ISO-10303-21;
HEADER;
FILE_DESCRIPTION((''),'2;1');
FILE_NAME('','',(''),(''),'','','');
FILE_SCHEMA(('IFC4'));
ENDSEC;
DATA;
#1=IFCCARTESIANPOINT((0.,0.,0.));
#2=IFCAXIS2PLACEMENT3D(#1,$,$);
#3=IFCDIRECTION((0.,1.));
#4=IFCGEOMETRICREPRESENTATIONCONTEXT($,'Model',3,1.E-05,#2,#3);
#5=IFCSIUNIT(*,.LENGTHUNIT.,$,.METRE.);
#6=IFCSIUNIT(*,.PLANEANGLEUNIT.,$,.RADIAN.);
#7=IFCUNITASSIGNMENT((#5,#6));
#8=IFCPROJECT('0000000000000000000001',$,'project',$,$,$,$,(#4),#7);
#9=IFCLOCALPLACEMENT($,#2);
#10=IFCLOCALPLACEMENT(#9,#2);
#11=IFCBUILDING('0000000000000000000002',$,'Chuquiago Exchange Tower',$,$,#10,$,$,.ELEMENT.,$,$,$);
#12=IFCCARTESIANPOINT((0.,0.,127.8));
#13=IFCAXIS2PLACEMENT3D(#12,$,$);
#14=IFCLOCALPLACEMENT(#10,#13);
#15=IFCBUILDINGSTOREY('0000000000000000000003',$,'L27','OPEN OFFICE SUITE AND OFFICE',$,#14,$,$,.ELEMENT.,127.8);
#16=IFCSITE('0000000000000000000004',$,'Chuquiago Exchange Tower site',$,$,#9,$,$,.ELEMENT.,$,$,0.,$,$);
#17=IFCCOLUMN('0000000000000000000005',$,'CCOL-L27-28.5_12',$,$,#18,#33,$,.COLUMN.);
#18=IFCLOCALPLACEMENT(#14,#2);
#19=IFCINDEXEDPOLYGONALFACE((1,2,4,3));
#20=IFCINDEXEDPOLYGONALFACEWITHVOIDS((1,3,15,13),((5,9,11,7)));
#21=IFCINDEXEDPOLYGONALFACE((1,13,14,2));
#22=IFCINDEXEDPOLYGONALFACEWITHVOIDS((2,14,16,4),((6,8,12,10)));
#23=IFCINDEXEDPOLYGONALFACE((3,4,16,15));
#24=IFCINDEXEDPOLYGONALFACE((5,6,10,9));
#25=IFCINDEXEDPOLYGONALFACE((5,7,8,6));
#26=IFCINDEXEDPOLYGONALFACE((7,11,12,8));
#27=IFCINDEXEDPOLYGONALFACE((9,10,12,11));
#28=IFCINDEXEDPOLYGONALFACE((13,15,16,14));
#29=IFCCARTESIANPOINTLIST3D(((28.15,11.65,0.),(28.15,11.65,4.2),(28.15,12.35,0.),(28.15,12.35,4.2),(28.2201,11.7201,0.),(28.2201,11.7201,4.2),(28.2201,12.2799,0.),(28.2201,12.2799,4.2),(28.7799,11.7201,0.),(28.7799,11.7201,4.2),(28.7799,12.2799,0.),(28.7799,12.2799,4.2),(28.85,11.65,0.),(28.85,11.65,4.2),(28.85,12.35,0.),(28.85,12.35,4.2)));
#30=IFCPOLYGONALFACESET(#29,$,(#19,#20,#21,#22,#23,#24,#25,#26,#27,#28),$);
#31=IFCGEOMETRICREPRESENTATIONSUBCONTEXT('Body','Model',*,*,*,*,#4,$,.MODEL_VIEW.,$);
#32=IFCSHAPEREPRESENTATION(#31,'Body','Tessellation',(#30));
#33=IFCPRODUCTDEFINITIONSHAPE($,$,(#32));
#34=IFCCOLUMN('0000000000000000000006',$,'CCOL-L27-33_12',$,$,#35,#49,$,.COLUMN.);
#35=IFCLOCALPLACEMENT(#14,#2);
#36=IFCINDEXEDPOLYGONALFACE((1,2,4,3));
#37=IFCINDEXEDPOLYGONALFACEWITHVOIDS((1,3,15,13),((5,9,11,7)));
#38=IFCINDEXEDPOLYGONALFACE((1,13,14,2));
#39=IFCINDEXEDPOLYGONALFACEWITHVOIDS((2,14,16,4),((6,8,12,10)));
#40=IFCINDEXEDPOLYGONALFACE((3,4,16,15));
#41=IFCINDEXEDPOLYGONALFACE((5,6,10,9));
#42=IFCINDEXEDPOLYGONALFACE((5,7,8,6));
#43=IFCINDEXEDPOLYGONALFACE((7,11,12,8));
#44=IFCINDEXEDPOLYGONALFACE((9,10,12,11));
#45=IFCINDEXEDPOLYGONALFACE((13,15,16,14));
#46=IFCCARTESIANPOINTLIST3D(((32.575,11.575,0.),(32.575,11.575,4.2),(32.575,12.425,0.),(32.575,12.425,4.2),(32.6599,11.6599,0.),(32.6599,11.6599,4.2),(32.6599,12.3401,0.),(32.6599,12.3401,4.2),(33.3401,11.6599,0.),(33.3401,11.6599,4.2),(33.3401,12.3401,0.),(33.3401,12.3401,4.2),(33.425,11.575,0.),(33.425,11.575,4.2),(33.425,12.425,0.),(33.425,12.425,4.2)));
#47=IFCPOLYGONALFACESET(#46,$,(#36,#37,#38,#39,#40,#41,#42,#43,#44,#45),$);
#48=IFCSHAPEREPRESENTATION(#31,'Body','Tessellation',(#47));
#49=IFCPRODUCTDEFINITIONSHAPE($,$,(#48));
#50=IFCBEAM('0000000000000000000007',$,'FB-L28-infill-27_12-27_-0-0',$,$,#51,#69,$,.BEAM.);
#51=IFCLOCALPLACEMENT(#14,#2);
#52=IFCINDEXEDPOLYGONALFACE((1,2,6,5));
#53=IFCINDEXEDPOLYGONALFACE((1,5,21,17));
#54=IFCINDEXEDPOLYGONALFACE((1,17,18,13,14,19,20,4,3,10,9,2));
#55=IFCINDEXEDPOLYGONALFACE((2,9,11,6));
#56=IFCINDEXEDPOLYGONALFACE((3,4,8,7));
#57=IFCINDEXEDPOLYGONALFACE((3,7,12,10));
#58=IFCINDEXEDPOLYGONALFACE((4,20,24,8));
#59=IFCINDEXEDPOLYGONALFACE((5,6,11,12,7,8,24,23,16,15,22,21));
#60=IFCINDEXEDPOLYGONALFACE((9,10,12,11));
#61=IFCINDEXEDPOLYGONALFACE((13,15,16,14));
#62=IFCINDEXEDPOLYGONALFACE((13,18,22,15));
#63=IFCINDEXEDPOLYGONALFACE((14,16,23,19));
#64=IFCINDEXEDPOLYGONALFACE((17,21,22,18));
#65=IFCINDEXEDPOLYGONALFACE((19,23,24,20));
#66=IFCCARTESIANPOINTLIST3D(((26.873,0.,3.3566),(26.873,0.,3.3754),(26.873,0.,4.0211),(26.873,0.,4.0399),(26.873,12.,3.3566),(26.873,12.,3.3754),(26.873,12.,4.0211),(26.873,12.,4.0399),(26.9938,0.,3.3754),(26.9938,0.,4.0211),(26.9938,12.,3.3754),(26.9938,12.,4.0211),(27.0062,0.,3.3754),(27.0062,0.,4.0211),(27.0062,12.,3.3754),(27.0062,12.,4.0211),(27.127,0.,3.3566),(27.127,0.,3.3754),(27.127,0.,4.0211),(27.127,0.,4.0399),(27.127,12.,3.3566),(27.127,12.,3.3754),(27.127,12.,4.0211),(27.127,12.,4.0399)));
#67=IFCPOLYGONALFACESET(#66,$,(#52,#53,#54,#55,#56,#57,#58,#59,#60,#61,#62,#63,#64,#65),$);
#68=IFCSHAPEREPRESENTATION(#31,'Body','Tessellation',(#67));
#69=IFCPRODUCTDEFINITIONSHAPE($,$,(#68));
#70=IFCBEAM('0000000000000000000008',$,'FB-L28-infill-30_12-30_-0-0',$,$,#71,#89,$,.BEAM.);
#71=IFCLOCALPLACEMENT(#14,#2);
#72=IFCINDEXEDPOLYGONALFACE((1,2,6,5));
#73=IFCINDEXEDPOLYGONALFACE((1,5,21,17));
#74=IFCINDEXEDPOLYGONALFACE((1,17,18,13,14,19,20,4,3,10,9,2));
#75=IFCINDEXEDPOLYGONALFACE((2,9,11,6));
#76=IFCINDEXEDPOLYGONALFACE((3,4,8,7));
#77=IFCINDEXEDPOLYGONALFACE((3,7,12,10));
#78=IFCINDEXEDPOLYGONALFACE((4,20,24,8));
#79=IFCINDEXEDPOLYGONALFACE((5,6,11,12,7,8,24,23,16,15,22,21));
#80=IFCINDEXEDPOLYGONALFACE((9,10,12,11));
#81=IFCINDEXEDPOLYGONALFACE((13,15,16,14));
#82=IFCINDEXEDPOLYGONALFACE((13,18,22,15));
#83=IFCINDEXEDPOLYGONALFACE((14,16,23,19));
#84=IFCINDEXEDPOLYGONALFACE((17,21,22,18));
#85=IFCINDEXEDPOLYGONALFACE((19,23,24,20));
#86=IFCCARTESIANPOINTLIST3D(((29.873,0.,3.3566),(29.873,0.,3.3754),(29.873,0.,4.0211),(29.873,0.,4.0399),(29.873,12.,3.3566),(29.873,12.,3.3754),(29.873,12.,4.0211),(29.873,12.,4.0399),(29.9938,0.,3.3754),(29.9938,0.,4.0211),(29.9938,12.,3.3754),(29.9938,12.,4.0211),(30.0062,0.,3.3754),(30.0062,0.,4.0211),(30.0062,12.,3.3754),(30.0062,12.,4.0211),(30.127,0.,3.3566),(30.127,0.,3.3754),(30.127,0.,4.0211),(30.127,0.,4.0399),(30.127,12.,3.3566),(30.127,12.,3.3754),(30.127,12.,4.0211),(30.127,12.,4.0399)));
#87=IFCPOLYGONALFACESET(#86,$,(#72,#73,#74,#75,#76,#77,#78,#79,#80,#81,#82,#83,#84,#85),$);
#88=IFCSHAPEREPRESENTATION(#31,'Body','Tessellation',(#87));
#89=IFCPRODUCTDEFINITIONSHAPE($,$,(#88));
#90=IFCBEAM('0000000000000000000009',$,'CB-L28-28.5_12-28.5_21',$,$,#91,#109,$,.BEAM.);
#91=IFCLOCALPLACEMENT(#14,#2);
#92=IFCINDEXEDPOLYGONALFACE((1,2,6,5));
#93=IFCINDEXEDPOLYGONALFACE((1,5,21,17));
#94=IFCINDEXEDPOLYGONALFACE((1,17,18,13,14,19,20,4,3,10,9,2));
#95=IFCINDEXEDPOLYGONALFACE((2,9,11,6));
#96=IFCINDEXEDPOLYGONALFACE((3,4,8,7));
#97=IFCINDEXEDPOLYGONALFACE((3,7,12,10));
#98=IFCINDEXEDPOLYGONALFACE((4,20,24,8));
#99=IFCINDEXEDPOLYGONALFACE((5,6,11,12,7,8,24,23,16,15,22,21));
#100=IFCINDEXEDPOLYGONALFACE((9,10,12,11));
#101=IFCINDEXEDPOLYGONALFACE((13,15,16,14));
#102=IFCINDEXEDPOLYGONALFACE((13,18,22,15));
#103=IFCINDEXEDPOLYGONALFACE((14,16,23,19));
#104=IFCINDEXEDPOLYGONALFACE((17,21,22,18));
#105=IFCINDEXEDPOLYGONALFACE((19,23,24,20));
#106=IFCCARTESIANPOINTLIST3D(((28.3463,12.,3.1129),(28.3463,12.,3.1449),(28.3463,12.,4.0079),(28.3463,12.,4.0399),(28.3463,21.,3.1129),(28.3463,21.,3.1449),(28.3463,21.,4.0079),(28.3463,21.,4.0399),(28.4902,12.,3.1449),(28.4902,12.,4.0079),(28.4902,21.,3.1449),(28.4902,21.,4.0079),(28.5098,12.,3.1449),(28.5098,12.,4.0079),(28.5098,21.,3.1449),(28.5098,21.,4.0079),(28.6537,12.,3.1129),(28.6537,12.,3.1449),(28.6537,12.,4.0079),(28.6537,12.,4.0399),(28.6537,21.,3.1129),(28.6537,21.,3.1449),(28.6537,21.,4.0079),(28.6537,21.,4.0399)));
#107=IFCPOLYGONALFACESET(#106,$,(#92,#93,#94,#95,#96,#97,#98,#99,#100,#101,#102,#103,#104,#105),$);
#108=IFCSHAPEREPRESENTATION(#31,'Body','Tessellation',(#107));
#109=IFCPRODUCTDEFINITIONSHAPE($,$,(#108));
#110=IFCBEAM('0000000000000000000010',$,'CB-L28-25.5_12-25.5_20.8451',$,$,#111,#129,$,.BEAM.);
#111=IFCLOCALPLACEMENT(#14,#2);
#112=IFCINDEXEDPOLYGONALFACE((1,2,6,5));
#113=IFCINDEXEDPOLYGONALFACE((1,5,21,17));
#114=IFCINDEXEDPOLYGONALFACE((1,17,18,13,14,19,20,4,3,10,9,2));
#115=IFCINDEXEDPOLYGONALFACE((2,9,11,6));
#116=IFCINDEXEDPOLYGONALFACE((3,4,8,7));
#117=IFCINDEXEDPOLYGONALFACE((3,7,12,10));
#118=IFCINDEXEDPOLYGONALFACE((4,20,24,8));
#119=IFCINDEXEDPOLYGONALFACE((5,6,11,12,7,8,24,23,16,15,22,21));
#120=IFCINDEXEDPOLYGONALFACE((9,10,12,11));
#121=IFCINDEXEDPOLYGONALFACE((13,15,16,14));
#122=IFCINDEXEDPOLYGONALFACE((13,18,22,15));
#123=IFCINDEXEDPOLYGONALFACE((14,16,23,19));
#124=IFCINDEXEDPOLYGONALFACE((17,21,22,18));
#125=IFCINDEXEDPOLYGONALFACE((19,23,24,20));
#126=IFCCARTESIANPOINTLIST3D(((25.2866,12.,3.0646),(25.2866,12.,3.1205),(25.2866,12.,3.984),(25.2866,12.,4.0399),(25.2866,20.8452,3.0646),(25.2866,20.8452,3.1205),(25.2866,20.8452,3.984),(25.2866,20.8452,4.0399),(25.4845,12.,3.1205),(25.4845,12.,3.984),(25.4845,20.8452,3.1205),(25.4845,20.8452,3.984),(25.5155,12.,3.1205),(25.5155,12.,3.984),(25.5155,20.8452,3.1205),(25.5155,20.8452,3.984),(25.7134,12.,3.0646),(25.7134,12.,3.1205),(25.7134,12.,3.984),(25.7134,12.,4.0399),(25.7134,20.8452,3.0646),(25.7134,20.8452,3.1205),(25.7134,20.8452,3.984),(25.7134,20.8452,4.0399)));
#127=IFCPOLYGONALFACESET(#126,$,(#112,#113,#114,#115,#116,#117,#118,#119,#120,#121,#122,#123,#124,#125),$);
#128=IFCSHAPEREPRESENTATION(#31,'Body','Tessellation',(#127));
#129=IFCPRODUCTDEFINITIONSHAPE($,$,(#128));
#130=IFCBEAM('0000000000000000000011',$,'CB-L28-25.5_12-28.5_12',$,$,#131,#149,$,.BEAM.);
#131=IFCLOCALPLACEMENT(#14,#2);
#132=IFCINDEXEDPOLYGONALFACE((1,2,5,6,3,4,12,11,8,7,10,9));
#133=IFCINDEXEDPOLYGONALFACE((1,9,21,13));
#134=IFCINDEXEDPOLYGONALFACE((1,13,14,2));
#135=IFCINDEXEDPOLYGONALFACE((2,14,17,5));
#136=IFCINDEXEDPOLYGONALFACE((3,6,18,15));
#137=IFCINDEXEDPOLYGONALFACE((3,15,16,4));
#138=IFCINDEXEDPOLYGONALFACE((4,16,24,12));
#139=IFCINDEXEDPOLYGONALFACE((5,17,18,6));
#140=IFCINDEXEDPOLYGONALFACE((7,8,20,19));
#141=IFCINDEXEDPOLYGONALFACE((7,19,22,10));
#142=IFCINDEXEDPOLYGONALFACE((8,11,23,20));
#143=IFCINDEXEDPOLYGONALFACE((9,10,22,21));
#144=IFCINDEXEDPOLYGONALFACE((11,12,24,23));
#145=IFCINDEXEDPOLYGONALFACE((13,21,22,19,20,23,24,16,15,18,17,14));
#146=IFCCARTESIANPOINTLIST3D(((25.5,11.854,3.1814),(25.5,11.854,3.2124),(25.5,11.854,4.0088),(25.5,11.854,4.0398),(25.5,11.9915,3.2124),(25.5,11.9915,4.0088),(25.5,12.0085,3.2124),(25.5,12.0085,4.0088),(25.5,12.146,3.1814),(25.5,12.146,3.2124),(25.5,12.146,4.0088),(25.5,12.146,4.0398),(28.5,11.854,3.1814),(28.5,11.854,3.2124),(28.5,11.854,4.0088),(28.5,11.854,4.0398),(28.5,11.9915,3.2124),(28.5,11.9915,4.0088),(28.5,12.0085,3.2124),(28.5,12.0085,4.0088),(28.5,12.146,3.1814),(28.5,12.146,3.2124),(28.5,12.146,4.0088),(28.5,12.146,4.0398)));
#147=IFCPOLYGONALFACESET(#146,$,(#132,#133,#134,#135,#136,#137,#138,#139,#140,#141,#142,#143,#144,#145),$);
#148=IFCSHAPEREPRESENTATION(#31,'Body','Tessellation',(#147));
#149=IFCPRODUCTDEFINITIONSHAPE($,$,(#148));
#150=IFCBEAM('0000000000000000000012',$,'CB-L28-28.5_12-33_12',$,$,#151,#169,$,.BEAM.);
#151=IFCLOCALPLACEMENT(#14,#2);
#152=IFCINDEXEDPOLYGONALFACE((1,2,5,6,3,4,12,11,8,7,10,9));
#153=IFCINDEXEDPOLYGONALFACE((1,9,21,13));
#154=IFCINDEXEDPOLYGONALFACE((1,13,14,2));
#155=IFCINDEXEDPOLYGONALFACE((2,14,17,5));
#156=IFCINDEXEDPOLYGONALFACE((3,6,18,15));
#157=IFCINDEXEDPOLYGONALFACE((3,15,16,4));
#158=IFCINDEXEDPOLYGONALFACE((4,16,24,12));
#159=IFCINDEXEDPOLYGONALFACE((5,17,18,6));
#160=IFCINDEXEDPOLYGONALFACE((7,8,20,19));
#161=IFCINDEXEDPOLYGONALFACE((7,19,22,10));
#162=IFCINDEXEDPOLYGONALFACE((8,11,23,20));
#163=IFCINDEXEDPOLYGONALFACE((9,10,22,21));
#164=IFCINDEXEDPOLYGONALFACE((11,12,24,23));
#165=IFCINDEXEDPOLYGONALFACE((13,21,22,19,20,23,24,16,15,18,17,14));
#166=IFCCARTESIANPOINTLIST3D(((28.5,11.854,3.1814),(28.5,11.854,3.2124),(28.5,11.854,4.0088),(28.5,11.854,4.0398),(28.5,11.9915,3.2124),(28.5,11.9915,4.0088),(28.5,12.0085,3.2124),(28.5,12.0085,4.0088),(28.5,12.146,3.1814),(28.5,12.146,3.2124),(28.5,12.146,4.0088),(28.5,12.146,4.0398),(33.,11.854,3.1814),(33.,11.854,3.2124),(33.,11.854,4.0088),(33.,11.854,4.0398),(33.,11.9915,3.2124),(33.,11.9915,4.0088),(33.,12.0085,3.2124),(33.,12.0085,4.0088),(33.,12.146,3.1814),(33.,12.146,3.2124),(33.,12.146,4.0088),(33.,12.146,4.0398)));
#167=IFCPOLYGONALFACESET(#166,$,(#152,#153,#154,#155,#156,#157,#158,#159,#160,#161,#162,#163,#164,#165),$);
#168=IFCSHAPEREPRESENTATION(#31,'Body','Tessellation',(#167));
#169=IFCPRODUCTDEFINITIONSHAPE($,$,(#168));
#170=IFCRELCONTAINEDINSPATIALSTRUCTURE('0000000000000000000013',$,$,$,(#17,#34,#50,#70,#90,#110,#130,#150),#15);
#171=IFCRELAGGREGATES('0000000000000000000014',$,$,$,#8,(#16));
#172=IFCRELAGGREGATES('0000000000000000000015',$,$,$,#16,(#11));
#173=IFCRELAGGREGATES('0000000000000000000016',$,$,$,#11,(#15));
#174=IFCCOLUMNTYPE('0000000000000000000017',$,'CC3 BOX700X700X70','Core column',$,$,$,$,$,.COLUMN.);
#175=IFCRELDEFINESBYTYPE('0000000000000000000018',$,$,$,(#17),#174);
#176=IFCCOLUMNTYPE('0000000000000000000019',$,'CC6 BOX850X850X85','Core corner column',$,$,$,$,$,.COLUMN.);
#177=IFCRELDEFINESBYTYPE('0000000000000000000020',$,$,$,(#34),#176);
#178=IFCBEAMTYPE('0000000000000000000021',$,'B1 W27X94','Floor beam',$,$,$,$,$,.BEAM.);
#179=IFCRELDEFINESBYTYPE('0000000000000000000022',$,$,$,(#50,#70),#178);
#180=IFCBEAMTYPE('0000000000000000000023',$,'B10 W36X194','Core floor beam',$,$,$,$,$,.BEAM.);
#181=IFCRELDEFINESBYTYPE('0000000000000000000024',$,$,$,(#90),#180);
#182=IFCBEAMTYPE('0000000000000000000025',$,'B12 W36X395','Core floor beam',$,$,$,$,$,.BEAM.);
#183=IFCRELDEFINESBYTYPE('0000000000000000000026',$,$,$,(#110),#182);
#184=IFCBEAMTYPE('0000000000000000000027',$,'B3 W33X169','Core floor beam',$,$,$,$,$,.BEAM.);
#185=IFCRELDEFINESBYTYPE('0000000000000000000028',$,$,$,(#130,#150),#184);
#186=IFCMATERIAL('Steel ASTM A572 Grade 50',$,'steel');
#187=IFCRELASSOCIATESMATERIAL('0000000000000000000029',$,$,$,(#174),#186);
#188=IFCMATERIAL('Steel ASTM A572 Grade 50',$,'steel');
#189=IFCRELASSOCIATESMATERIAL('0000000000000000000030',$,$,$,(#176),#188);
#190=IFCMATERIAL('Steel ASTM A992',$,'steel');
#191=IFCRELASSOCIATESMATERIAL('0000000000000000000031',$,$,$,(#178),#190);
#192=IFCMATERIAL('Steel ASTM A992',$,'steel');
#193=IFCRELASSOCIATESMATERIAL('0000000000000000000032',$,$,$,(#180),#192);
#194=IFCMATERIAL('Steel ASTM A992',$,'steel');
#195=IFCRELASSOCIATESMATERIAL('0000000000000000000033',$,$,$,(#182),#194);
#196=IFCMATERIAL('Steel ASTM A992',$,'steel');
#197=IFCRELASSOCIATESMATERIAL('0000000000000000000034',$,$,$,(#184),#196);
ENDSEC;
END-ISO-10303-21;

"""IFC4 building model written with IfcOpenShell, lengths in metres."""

from ifc_helpers import new_model, si_unit, direction, frame, origin, origin_2d, place, context, subcontext, project, spatial, hollow_rectangle, i_section, extrude, material, material_profile, profile_set, type_object, element, save


model = new_model("IFC4")

# Units and contexts
model_context = context("Model", 3, precision=1e-05, world=origin(), true_north=direction((0.0, 1.0)))
body_context = subcontext(model_context, "Body", "Model", "MODEL_VIEW")
ifc_project = project(units=[si_unit("LENGTHUNIT", "METRE"), si_unit("PLANEANGLEUNIT", "RADIAN")], contexts=[model_context])

# Site, building, storey
site_placement = place(None, origin())
site = spatial("IfcSite", under=ifc_project, at=site_placement, Name="Chuquiago Exchange Tower site", CompositionType="ELEMENT", RefElevation=0.0)
building_placement = place(site_placement, origin())
building = spatial("IfcBuilding", under=site, at=building_placement, Name="Chuquiago Exchange Tower", CompositionType="ELEMENT")
storey_placement = place(building_placement, frame((0.0, 0.0, 127.8)))
storey = spatial("IfcBuildingStorey", under=building, at=storey_placement, Name="L27", Description="OPEN OFFICE SUITE AND OFFICE", CompositionType="ELEMENT", Elevation=127.8)

# Columns
ifc_material_1 = material(Name="Steel ASTM A572 Grade 50", Category="steel")
ifc_material_profile_1 = material_profile(ifc_material_1, hollow_rectangle(XDim=0.7, YDim=0.7, WallThickness=0.0701, at=origin_2d()), Name="BOX700X700X70")
ifc_profile_set_1 = profile_set([ifc_material_profile_1], Name="Steel ASTM A572 Grade 50")
column_type_1 = type_object("IfcColumnType", Name="CC3 BOX700X700X70", Description="Core column", PredefinedType="COLUMN", material=ifc_profile_set_1)
column_1_placement = place(storey_placement, frame((28.5, 12.0, 0.0), z_axis=(0.0, 0.0, 1.0), x_axis=(1.0, 0.0, 0.0)))
element("IfcColumn", 1, at=column_1_placement, inside=storey, type_object=column_type_1, Name="CCOL-L27-28.5_12", PredefinedType="COLUMN", context=body_context, shape_type="SweptSolid", body=[
    extrude(hollow_rectangle(XDim=0.7, YDim=0.7, WallThickness=0.0701, at=origin_2d()), origin(), (0.0, 0.0, 1.0), 4.2),
])
ifc_material_2 = material(Name="Steel ASTM A572 Grade 50", Category="steel")
ifc_material_profile_2 = material_profile(ifc_material_2, hollow_rectangle(XDim=0.8501, YDim=0.8501, WallThickness=0.085, at=origin_2d()), Name="BOX850X850X85")
ifc_profile_set_2 = profile_set([ifc_material_profile_2], Name="Steel ASTM A572 Grade 50")
column_type_2 = type_object("IfcColumnType", Name="CC6 BOX850X850X85", Description="Core corner column", PredefinedType="COLUMN", material=ifc_profile_set_2)
column_2_placement = place(storey_placement, frame((33.0, 12.0, 0.0), z_axis=(0.0, 0.0, 1.0), x_axis=(1.0, 0.0, 0.0)))
element("IfcColumn", 2, at=column_2_placement, inside=storey, type_object=column_type_2, Name="CCOL-L27-33_12", PredefinedType="COLUMN", context=body_context, shape_type="SweptSolid", body=[
    extrude(hollow_rectangle(XDim=0.8501, YDim=0.8501, WallThickness=0.085, at=origin_2d()), origin(), (0.0, 0.0, 1.0), 4.2),
])

# Beams
ifc_material_3 = material(Name="Steel ASTM A992", Category="steel")
ifc_material_profile_3 = material_profile(ifc_material_3, i_section(OverallWidth=0.2539, OverallDepth=0.6833, WebThickness=0.0125, FlangeThickness=0.0188, at=origin_2d()), Name="W27X94")
ifc_profile_set_3 = profile_set([ifc_material_profile_3], Name="Steel ASTM A992")
beam_type_1 = type_object("IfcBeamType", Name="B1 W27X94", Description="Floor beam", PredefinedType="BEAM", material=ifc_profile_set_3)
for number, where, z_axis, x_axis, name in (
    (3, (27.0, 12.0, 3.6982), (0.0, -1.0, 0.0), (1.0, 0.0, 0.0), "FB-L28-infill-27_12-27_-0-0"),
    (4, (30.0, 12.0, 3.6982), (0.0, -1.0, 0.0), (1.0, 0.0, 0.0), "FB-L28-infill-30_12-30_-0-0"),
):
    element("IfcBeam", number, at=place(storey_placement, frame(where, z_axis=z_axis, x_axis=x_axis)), inside=storey, type_object=beam_type_1, Name=name, PredefinedType="BEAM", context=body_context, shape_type="SweptSolid", body=[
        extrude(i_section(OverallWidth=0.2539, OverallDepth=0.6833, WebThickness=0.0125, FlangeThickness=0.0188, at=origin_2d()), origin(), (0.0, 0.0, 1.0), 12.0),
    ])
ifc_material_4 = material(Name="Steel ASTM A992", Category="steel")
ifc_material_profile_4 = material_profile(ifc_material_4, i_section(OverallWidth=0.3074, OverallDepth=0.927, WebThickness=0.0195, FlangeThickness=0.032, at=origin_2d()), Name="W36X194")
ifc_profile_set_4 = profile_set([ifc_material_profile_4], Name="Steel ASTM A992")
beam_type_2 = type_object("IfcBeamType", Name="B10 W36X194", Description="Core floor beam", PredefinedType="BEAM", material=ifc_profile_set_4)
beam_1_placement = place(storey_placement, frame((28.5, 12.0, 3.5764), z_axis=(0.0, 1.0, 0.0), x_axis=(-1.0, 0.0, 0.0)))
element("IfcBeam", 5, at=beam_1_placement, inside=storey, type_object=beam_type_2, Name="CB-L28-28.5_12-28.5_21", PredefinedType="BEAM", context=body_context, shape_type="SweptSolid", body=[
    extrude(i_section(OverallWidth=0.3074, OverallDepth=0.927, WebThickness=0.0195, FlangeThickness=0.032, at=origin_2d()), origin(), (0.0, 0.0, 1.0), 9.0),
])
ifc_material_5 = material(Name="Steel ASTM A992", Category="steel")
ifc_material_profile_5 = material_profile(ifc_material_5, i_section(OverallWidth=0.4268, OverallDepth=0.9753, WebThickness=0.031, FlangeThickness=0.0559, at=origin_2d()), Name="W36X395")
ifc_profile_set_5 = profile_set([ifc_material_profile_5], Name="Steel ASTM A992")
beam_type_3 = type_object("IfcBeamType", Name="B12 W36X395", Description="Core floor beam", PredefinedType="BEAM", material=ifc_profile_set_5)
beam_2_placement = place(storey_placement, frame((25.5, 12.0, 3.5522), z_axis=(0.0, 1.0, 0.0), x_axis=(-1.0, 0.0, 0.0)))
element("IfcBeam", 6, at=beam_2_placement, inside=storey, type_object=beam_type_3, Name="CB-L28-25.5_12-25.5_20.8451", PredefinedType="BEAM", context=body_context, shape_type="SweptSolid", body=[
    extrude(i_section(OverallWidth=0.4268, OverallDepth=0.9753, WebThickness=0.031, FlangeThickness=0.0559, at=origin_2d()), origin(), (0.0, 0.0, 1.0), 8.8452),
])
ifc_material_6 = material(Name="Steel ASTM A992", Category="steel")
ifc_material_profile_6 = material_profile(ifc_material_6, i_section(OverallWidth=0.292, OverallDepth=0.8584, WebThickness=0.0171, FlangeThickness=0.031, at=origin_2d()), Name="W33X169")
ifc_profile_set_6 = profile_set([ifc_material_profile_6], Name="Steel ASTM A992")
beam_type_4 = type_object("IfcBeamType", Name="B3 W33X169", Description="Core floor beam", PredefinedType="BEAM", material=ifc_profile_set_6)
beam_3_placement = place(storey_placement, frame((25.5, 12.0, 3.6106), z_axis=(1.0, 0.0, 0.0), x_axis=(0.0, 1.0, 0.0)))
element("IfcBeam", 7, at=beam_3_placement, inside=storey, type_object=beam_type_4, Name="CB-L28-25.5_12-28.5_12", PredefinedType="BEAM", context=body_context, shape_type="SweptSolid", body=[
    extrude(i_section(OverallWidth=0.292, OverallDepth=0.8584, WebThickness=0.0171, FlangeThickness=0.031, at=origin_2d()), origin(), (0.0, 0.0, 1.0), 3.0),
])
beam_4_placement = place(storey_placement, frame((28.5, 12.0, 3.6106), z_axis=(1.0, 0.0, 0.0), x_axis=(0.0, 1.0, 0.0)))
element("IfcBeam", 8, at=beam_4_placement, inside=storey, type_object=beam_type_4, Name="CB-L28-28.5_12-33_12", PredefinedType="BEAM", context=body_context, shape_type="SweptSolid", body=[
    extrude(i_section(OverallWidth=0.292, OverallDepth=0.8584, WebThickness=0.0171, FlangeThickness=0.031, at=origin_2d()), origin(), (0.0, 0.0, 1.0), 4.5),
])

save(model, "model.ifc")
